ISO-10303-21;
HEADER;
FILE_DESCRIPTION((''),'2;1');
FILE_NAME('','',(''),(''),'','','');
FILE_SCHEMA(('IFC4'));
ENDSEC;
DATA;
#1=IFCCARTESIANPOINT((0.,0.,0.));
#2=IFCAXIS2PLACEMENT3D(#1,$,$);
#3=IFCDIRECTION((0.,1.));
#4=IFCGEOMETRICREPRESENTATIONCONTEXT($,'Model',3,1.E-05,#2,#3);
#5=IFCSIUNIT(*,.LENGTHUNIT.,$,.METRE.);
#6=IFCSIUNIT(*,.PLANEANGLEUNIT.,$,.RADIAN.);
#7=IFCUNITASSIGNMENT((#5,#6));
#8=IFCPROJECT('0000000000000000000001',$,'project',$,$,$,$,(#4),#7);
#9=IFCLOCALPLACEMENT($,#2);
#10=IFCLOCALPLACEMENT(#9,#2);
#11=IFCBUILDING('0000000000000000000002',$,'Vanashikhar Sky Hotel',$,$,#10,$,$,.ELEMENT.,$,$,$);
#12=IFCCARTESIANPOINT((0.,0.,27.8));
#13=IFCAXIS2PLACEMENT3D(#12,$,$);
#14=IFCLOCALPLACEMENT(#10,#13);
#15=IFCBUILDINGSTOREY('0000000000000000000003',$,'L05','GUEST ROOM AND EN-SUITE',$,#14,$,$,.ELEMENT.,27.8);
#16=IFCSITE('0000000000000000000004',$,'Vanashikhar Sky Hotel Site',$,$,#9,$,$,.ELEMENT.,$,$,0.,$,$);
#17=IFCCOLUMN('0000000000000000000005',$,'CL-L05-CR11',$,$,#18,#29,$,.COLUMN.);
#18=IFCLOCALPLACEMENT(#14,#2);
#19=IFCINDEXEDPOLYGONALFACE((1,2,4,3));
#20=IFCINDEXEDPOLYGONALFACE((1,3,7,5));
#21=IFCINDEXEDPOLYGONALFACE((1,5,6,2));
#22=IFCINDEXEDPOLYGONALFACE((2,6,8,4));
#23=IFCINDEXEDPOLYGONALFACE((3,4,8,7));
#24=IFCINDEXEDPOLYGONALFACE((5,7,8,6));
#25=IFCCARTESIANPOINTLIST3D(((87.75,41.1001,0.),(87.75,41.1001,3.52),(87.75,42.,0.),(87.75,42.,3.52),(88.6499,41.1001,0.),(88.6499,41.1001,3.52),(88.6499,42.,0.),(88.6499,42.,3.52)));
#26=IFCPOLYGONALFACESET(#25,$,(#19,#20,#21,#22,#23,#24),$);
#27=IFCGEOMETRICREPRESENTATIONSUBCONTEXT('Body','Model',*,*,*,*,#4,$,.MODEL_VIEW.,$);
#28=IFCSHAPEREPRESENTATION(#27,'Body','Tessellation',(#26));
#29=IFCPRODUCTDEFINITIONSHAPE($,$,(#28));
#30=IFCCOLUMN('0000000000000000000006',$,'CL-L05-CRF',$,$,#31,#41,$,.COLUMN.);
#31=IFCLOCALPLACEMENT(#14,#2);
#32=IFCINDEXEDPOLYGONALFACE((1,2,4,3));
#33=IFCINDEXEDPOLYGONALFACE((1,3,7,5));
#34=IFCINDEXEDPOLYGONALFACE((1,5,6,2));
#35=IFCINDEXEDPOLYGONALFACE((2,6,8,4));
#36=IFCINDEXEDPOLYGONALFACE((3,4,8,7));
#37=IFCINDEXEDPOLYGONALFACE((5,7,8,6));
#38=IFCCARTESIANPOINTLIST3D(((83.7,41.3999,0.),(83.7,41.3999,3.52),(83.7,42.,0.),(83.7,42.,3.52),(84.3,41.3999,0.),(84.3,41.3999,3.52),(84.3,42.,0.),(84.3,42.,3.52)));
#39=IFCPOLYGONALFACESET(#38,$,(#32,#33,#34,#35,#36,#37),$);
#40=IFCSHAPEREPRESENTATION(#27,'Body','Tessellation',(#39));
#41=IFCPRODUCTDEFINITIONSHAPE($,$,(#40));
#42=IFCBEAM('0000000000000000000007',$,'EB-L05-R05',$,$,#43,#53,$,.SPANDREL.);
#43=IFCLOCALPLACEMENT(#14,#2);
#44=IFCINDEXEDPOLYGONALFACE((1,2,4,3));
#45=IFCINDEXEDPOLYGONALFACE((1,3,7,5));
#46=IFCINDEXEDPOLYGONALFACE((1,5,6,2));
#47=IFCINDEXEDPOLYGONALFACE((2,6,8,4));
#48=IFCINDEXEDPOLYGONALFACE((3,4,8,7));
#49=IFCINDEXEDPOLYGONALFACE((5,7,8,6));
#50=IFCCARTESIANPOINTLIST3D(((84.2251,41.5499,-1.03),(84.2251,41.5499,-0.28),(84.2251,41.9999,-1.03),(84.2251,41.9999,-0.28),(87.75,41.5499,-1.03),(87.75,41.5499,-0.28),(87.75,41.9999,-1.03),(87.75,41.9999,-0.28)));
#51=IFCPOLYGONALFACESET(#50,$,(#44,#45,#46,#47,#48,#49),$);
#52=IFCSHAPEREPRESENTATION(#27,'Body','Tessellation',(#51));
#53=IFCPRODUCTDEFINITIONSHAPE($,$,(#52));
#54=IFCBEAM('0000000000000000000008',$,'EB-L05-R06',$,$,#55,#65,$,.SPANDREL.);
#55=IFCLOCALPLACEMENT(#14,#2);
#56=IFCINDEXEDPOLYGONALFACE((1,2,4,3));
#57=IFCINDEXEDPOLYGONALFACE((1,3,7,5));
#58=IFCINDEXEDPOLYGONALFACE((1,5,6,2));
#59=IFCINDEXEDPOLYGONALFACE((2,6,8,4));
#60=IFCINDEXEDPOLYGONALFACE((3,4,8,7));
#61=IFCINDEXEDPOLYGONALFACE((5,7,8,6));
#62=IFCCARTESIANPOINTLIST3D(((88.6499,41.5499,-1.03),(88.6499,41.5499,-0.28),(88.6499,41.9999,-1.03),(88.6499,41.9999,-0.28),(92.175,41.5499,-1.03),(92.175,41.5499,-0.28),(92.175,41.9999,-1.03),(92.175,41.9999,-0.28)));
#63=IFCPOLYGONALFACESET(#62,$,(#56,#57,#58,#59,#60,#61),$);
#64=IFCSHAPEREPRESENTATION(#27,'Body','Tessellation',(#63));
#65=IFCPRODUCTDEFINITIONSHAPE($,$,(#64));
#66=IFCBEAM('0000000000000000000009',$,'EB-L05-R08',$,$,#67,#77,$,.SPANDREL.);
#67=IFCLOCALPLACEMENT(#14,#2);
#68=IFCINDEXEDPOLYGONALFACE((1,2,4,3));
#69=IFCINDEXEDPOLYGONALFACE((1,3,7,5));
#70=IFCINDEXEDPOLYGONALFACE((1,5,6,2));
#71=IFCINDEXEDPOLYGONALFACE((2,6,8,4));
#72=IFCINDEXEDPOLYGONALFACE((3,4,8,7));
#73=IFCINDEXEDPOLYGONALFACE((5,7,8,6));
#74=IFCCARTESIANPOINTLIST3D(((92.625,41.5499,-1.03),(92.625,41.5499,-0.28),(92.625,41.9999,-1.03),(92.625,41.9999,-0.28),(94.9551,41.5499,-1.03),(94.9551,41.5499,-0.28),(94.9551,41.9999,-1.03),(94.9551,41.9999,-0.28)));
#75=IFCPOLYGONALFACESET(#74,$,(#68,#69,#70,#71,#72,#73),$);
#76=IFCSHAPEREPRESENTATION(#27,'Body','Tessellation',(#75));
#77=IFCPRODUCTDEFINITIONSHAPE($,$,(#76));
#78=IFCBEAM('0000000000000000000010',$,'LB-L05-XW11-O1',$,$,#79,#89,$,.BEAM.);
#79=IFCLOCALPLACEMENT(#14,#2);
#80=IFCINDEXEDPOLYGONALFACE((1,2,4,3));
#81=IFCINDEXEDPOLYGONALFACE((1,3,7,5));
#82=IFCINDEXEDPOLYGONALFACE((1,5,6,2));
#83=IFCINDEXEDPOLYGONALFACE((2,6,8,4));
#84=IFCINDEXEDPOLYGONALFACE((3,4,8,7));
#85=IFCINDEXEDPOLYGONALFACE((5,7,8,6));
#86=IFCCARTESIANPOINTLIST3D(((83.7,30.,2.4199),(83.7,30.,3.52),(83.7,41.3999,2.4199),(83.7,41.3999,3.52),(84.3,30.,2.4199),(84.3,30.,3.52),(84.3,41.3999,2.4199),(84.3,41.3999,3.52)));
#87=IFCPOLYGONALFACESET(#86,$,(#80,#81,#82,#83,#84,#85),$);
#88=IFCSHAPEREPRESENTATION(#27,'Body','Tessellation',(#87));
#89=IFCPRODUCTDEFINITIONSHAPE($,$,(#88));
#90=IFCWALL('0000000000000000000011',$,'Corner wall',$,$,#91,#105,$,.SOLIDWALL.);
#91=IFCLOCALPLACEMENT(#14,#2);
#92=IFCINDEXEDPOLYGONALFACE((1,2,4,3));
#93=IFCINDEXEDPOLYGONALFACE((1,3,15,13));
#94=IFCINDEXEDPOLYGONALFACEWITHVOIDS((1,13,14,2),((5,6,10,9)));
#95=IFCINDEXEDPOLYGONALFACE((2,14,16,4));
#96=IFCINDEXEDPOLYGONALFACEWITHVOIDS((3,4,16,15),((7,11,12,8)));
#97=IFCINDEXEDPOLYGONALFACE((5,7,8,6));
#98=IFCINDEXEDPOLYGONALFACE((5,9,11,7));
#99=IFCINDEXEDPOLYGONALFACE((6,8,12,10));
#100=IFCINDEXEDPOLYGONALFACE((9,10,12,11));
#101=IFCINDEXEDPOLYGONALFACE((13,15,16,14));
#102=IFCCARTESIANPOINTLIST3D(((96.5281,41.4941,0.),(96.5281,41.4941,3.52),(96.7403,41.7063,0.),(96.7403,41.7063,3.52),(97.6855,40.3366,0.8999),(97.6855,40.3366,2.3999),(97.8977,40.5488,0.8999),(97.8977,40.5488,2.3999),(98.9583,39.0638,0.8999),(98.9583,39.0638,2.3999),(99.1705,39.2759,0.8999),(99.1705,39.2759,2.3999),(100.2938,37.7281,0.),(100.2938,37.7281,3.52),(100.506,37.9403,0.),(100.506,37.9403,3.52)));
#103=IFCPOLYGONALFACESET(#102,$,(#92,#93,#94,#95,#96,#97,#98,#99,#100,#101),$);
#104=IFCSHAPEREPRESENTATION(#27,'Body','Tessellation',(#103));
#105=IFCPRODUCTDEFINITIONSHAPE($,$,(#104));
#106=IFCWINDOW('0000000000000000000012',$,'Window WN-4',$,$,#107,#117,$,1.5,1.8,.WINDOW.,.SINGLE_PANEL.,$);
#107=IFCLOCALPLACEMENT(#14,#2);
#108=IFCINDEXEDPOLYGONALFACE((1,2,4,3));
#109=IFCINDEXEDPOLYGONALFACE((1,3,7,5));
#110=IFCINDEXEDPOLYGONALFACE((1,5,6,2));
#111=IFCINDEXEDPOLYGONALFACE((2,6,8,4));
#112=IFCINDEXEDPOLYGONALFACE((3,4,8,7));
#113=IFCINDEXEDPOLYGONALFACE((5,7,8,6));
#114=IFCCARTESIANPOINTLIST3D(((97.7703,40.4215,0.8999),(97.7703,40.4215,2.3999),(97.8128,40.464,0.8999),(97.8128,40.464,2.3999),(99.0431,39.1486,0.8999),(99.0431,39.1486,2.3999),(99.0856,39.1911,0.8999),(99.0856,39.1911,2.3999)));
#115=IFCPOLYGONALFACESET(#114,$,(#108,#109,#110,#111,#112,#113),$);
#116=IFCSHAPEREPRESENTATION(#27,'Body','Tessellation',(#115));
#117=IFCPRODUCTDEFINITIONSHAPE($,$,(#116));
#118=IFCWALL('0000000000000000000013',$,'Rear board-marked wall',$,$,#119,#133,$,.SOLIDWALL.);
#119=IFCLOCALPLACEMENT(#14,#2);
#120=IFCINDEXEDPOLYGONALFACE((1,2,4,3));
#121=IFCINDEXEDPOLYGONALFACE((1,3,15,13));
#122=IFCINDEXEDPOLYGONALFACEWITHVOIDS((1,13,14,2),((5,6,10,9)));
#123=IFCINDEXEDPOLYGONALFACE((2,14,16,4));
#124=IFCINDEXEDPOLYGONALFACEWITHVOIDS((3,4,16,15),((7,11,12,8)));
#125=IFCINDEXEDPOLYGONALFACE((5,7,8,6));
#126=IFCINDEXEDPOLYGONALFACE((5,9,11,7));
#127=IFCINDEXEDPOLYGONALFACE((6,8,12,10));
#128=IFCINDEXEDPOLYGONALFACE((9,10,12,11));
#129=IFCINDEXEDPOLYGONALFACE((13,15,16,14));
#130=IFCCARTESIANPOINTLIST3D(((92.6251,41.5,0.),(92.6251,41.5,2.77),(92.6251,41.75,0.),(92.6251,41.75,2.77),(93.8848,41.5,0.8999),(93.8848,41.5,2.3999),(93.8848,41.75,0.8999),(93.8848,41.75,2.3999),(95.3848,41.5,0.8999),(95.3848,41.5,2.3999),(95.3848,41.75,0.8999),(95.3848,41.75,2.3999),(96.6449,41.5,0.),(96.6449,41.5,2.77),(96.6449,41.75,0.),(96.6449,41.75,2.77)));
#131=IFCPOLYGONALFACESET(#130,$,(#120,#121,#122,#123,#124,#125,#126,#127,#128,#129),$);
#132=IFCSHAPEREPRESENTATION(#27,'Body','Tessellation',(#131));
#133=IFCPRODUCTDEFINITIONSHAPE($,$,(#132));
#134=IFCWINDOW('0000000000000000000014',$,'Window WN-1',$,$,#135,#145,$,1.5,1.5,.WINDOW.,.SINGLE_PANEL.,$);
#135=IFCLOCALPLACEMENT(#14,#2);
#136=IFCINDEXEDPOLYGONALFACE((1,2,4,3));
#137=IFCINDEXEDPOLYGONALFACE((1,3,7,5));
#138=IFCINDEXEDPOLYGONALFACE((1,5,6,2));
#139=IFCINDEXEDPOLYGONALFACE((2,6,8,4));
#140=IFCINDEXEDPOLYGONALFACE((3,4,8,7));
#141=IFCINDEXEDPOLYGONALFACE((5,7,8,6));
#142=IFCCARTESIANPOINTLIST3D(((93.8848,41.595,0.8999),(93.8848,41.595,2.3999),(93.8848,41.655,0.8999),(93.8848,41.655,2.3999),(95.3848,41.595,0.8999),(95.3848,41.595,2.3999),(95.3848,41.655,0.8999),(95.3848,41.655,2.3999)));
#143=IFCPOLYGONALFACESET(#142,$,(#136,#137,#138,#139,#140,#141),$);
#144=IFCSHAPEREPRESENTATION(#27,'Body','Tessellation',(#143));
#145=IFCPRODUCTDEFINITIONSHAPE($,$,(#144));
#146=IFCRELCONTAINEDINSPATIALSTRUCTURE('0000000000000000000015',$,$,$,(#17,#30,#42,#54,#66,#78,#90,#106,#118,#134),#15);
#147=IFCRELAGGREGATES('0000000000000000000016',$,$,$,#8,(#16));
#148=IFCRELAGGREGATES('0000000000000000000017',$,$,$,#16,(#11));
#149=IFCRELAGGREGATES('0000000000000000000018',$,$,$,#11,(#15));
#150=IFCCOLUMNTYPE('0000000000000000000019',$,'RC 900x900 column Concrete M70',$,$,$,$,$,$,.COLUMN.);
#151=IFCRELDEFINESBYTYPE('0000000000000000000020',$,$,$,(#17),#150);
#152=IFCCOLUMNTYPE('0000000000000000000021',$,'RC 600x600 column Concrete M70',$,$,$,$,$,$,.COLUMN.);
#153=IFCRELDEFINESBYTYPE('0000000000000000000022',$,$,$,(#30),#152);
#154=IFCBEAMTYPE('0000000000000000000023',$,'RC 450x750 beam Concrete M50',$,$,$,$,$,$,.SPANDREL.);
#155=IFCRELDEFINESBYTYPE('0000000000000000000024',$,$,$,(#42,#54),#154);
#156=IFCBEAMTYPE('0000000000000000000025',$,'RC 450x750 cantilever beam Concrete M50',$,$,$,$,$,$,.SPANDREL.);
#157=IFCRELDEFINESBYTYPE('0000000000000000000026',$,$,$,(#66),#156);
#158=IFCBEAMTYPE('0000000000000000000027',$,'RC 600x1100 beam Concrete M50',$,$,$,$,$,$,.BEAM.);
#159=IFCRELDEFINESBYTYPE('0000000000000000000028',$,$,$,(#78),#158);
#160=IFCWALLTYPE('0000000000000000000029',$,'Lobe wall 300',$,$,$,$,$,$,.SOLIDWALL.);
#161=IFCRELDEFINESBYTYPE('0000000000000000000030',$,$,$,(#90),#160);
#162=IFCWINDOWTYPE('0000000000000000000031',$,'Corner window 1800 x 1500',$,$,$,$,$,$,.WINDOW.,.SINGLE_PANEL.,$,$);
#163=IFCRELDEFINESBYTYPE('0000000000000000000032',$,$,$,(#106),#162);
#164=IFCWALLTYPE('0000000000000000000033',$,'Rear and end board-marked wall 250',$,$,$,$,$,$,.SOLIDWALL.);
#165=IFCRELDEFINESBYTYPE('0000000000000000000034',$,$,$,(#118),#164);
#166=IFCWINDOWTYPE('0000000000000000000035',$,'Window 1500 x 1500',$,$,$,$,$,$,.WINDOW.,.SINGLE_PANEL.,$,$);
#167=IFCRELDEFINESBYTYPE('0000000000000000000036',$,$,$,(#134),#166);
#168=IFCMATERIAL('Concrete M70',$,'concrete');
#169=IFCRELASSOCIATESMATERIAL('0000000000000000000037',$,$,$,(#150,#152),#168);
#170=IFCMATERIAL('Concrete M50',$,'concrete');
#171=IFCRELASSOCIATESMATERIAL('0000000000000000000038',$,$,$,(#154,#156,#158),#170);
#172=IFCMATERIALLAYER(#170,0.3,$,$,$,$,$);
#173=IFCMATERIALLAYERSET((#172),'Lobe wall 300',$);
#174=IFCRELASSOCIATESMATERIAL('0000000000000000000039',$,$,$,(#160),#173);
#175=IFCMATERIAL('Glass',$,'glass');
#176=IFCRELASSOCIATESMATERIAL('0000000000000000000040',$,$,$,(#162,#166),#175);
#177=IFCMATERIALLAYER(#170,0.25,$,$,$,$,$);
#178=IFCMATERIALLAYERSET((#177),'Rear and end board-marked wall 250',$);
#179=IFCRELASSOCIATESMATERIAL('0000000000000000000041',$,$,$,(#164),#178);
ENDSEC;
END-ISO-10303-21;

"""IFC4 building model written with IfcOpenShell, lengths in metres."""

from ifc_helpers import new_model, si_unit, direction, frame, frame_2d, origin, origin_2d, place, context, subcontext, project, spatial, rectangle, extrude, source, transform, mapped, material, layer, layer_set, material_profile, profile_set, type_object, element, fill, save


model = new_model("IFC4")

# Units and contexts
model_context = context("Model", 3, precision=1e-05, world=origin(), true_north=direction((0.0, 1.0)))
body_context = subcontext(model_context, "Body", "Model", "MODEL_VIEW")
ifc_project = project(units=[si_unit("LENGTHUNIT", "METRE"), si_unit("PLANEANGLEUNIT", "RADIAN")], contexts=[model_context])

# Site, building, storey
site_placement = place(None, origin())
site = spatial("IfcSite", under=ifc_project, at=site_placement, Name="Vanashikhar Sky Hotel Site", CompositionType="ELEMENT", RefElevation=0.0)
building_placement = place(site_placement, origin())
building = spatial("IfcBuilding", under=site, at=building_placement, Name="Vanashikhar Sky Hotel", CompositionType="ELEMENT")
storey_placement = place(building_placement, frame((0.0, 0.0, 27.8)))
storey = spatial("IfcBuildingStorey", under=building, at=storey_placement, Name="L05", Description="GUEST ROOM AND EN-SUITE", CompositionType="ELEMENT", Elevation=27.8)

# Columns
ifc_material_1 = material(Name="Concrete M70", Category="concrete")
ifc_material_profile_1 = material_profile(ifc_material_1, rectangle(XDim=0.8999, YDim=0.8999, at=origin_2d()))
ifc_profile_set_1 = profile_set([ifc_material_profile_1], Name="RC 900x900 column Concrete M70")
column_type_1 = type_object("IfcColumnType", Name="RC 900x900 column Concrete M70", PredefinedType="COLUMN", material=ifc_profile_set_1)
shared_shape_1 = source(origin(), body_context, "Body", "SweptSolid", [
    extrude(rectangle(XDim=0.8999, YDim=0.8999, at=origin_2d()), origin(), (0.0, 0.0, 1.0), 3.52),
])
column_1_placement = place(storey_placement, frame((88.2, 41.55, 0.0), z_axis=(0.0, 0.0, 1.0), x_axis=(1.0, 0.0, 0.0)))
element("IfcColumn", 1, at=column_1_placement, inside=storey, type_object=column_type_1, Name="CL-L05-CR11", PredefinedType="COLUMN", context=body_context, shape_type="MappedRepresentation", body=[
    mapped(shared_shape_1, transform((0.0, 0.0, 0.0), scale=1.0)),
])
ifc_material_profile_2 = material_profile(ifc_material_1, rectangle(XDim=0.6001, YDim=0.6001, at=origin_2d()))
ifc_profile_set_2 = profile_set([ifc_material_profile_2], Name="RC 600x600 column Concrete M70")
column_type_2 = type_object("IfcColumnType", Name="RC 600x600 column Concrete M70", PredefinedType="COLUMN", material=ifc_profile_set_2)
shared_shape_2 = source(origin(), body_context, "Body", "SweptSolid", [
    extrude(rectangle(XDim=0.6001, YDim=0.6001, at=origin_2d()), origin(), (0.0, 0.0, 1.0), 3.52),
])
column_2_placement = place(storey_placement, frame((84.0, 41.7, 0.0), z_axis=(0.0, 0.0, 1.0), x_axis=(1.0, 0.0, 0.0)))
element("IfcColumn", 2, at=column_2_placement, inside=storey, type_object=column_type_2, Name="CL-L05-CRF", PredefinedType="COLUMN", context=body_context, shape_type="MappedRepresentation", body=[
    mapped(shared_shape_2, transform((0.0, 0.0, 0.0), scale=1.0)),
])

# Beams
ifc_material_2 = material(Name="Concrete M50", Category="concrete")
ifc_material_profile_3 = material_profile(ifc_material_2, rectangle(XDim=0.45, YDim=0.75, at=origin_2d()))
ifc_profile_set_3 = profile_set([ifc_material_profile_3], Name="RC 450x750 beam Concrete M50")
beam_type_1 = type_object("IfcBeamType", Name="RC 450x750 beam Concrete M50", PredefinedType="SPANDREL", material=ifc_profile_set_3)
shared_shape_3 = source(origin(), body_context, "Body", "SweptSolid", [
    extrude(rectangle(XDim=0.45, YDim=0.75, at=origin_2d()), origin(), (0.0, 0.0, 1.0), 3.5249),
])
beam_1_placement = place(storey_placement, frame((84.2251, 41.7749, -0.655), z_axis=(1.0, 0.0, 0.0), x_axis=(0.0, 1.0, 0.0)))
element("IfcBeam", 3, at=beam_1_placement, inside=storey, type_object=beam_type_1, Name="EB-L05-R05", PredefinedType="SPANDREL", context=body_context, shape_type="MappedRepresentation", body=[
    mapped(shared_shape_3, transform((0.0, 0.0, 0.0), scale=1.0)),
])
shared_shape_4 = source(origin(), body_context, "Body", "SweptSolid", [
    extrude(rectangle(XDim=0.45, YDim=0.75, at=origin_2d()), origin(), (0.0, 0.0, 1.0), 3.5251),
])
beam_2_placement = place(storey_placement, frame((88.6499, 41.7749, -0.655), z_axis=(1.0, 0.0, 0.0), x_axis=(0.0, 1.0, 0.0)))
element("IfcBeam", 4, at=beam_2_placement, inside=storey, type_object=beam_type_1, Name="EB-L05-R06", PredefinedType="SPANDREL", context=body_context, shape_type="MappedRepresentation", body=[
    mapped(shared_shape_4, transform((0.0, 0.0, 0.0), scale=1.0)),
])
ifc_material_profile_4 = material_profile(ifc_material_2, rectangle(XDim=0.45, YDim=0.75, at=origin_2d()))
ifc_profile_set_4 = profile_set([ifc_material_profile_4], Name="RC 450x750 cantilever beam Concrete M50")
beam_type_2 = type_object("IfcBeamType", Name="RC 450x750 cantilever beam Concrete M50", PredefinedType="SPANDREL", material=ifc_profile_set_4)
shared_shape_5 = source(origin(), body_context, "Body", "SweptSolid", [
    extrude(rectangle(XDim=0.45, YDim=0.75, at=origin_2d()), origin(), (0.0, 0.0, 1.0), 2.3301),
])
beam_3_placement = place(storey_placement, frame((92.625, 41.7749, -0.655), z_axis=(1.0, 0.0, 0.0), x_axis=(0.0, 1.0, 0.0)))
element("IfcBeam", 5, at=beam_3_placement, inside=storey, type_object=beam_type_2, Name="EB-L05-R08", PredefinedType="SPANDREL", context=body_context, shape_type="MappedRepresentation", body=[
    mapped(shared_shape_5, transform((0.0, 0.0, 0.0), scale=1.0)),
])
ifc_material_profile_5 = material_profile(ifc_material_2, rectangle(XDim=0.6001, YDim=1.1001, at=origin_2d()))
ifc_profile_set_5 = profile_set([ifc_material_profile_5], Name="RC 600x1100 beam Concrete M50")
beam_type_3 = type_object("IfcBeamType", Name="RC 600x1100 beam Concrete M50", PredefinedType="BEAM", material=ifc_profile_set_5)
shared_shape_6 = source(origin(), body_context, "Body", "SweptSolid", [
    extrude(rectangle(XDim=0.6001, YDim=1.1001, at=origin_2d()), origin(), (0.0, 0.0, 1.0), 11.3999),
])
beam_4_placement = place(storey_placement, frame((84.0, 30.0, 2.97), z_axis=(0.0, 1.0, 0.0), x_axis=(-1.0, 0.0, 0.0)))
element("IfcBeam", 6, at=beam_4_placement, inside=storey, type_object=beam_type_3, Name="LB-L05-XW11-O1", PredefinedType="BEAM", context=body_context, shape_type="MappedRepresentation", body=[
    mapped(shared_shape_6, transform((0.0, 0.0, 0.0), scale=1.0)),
])

# Walls, openings, windows
ifc_layer_1 = layer(ifc_material_2, 0.3)
ifc_layer_set_1 = layer_set([ifc_layer_1], Name="Lobe wall 300")
wall_type_1 = type_object("IfcWallType", Name="Lobe wall 300", PredefinedType="SOLIDWALL", material=ifc_layer_set_1)
shared_shape_7 = source(origin(), body_context, "Body", "SweptSolid", [
    extrude(rectangle(XDim=5.3257, YDim=0.3, at=frame_2d((2.6628, 0.0))), origin(), (0.0, 0.0, 1.0), 3.52),
])
wall_1_placement = place(storey_placement, frame((100.3999, 37.8342, 0.0), z_axis=(0.0, 0.0, 1.0), x_axis=(-0.707084, 0.70713, 0.0)))
wall_1 = element("IfcWall", 7, at=wall_1_placement, inside=storey, type_object=wall_type_1, Name="Corner wall", PredefinedType="SOLIDWALL", context=body_context, shape_type="MappedRepresentation", body=[
    mapped(shared_shape_7, transform((0.0, 0.0, 0.0), scale=1.0)),
])
shared_shape_8 = source(origin(), body_context, "Body", "SweptSolid", [
    extrude(rectangle(XDim=1.8, YDim=1.5, at=frame_2d((0.8999, 0.75))), frame((0.0, 0.1602, 0.0), z_axis=(0.0, -1.0, 0.0), x_axis=(1.0, 0.0, 0.0)), (0.0, 0.0, 1.0), 0.3201),
])
opening_1_placement = place(wall_1_placement, frame((1.8889, 0.0, 0.8999)))
opening_1 = element("IfcOpeningElement", 8, at=opening_1_placement, cuts=wall_1, PredefinedType="OPENING", context=body_context, shape_type="MappedRepresentation", body=[
    mapped(shared_shape_8, transform((0.0, 0.0, 0.0), scale=1.0)),
])
ifc_material_3 = material(Name="Glass", Category="glass")
window_type_1 = type_object("IfcWindowType", Name="Corner window 1800 x 1500", PartitioningType="SINGLE_PANEL", PredefinedType="WINDOW", material=ifc_material_3)
shared_shape_9 = source(origin(), body_context, "Body", "SweptSolid", [
    extrude(rectangle(XDim=1.8, YDim=1.5, at=frame_2d((0.8999, 0.75))), frame((0.0, 0.03, 0.0), z_axis=(0.0, -1.0, 0.0), x_axis=(1.0, 0.0, 0.0)), (0.0, 0.0, 1.0), 0.0601),
])
window_1_placement = place(opening_1_placement, origin())
window_1 = element("IfcWindow", 9, at=window_1_placement, inside=storey, type_object=window_type_1, Name="Window WN-4", OverallHeight=1.5, OverallWidth=1.8, PartitioningType="SINGLE_PANEL", PredefinedType="WINDOW", context=body_context, shape_type="MappedRepresentation", body=[
    mapped(shared_shape_9, transform((0.0, 0.0, 0.0), scale=1.0)),
])
fill(opening_1, window_1)
ifc_layer_2 = layer(ifc_material_2, 0.25)
ifc_layer_set_2 = layer_set([ifc_layer_2], Name="Rear and end board-marked wall 250")
wall_type_2 = type_object("IfcWallType", Name="Rear and end board-marked wall 250", PredefinedType="SOLIDWALL", material=ifc_layer_set_2)
shared_shape_10 = source(origin(), body_context, "Body", "SweptSolid", [
    extrude(rectangle(XDim=4.0198, YDim=0.25, at=frame_2d((2.0098, 0.0))), origin(), (0.0, 0.0, 1.0), 2.77),
])
wall_2_placement = place(storey_placement, frame((96.6448, 41.625, 0.0), z_axis=(0.0, 0.0, 1.0), x_axis=(-1.0, 0.0, 0.0)))
wall_2 = element("IfcWall", 10, at=wall_2_placement, inside=storey, type_object=wall_type_2, Name="Rear board-marked wall", PredefinedType="SOLIDWALL", context=body_context, shape_type="MappedRepresentation", body=[
    mapped(shared_shape_10, transform((0.0, 0.0, 0.0), scale=1.0)),
])
shared_shape_11 = source(origin(), body_context, "Body", "SweptSolid", [
    extrude(rectangle(XDim=1.5, YDim=1.5, at=frame_2d((0.75, 0.75))), frame((0.0, 0.135, 0.0), z_axis=(0.0, -1.0, 0.0), x_axis=(1.0, 0.0, 0.0)), (0.0, 0.0, 1.0), 0.27),
])
opening_2_placement = place(wall_2_placement, frame((1.26, 0.0, 0.8999)))
opening_2 = element("IfcOpeningElement", 11, at=opening_2_placement, cuts=wall_2, PredefinedType="OPENING", context=body_context, shape_type="MappedRepresentation", body=[
    mapped(shared_shape_11, transform((0.0, 0.0, 0.0), scale=1.0)),
])
window_type_2 = type_object("IfcWindowType", Name="Window 1500 x 1500", PartitioningType="SINGLE_PANEL", PredefinedType="WINDOW", material=ifc_material_3)
shared_shape_12 = source(origin(), body_context, "Body", "SweptSolid", [
    extrude(rectangle(XDim=1.5, YDim=1.5, at=frame_2d((0.75, 0.75))), frame((0.0, 0.03, 0.0), z_axis=(0.0, -1.0, 0.0), x_axis=(1.0, 0.0, 0.0)), (0.0, 0.0, 1.0), 0.0601),
])
window_2_placement = place(opening_2_placement, origin())
window_2 = element("IfcWindow", 12, at=window_2_placement, inside=storey, type_object=window_type_2, Name="Window WN-1", OverallHeight=1.5, OverallWidth=1.5, PartitioningType="SINGLE_PANEL", PredefinedType="WINDOW", context=body_context, shape_type="MappedRepresentation", body=[
    mapped(shared_shape_12, transform((0.0, 0.0, 0.0), scale=1.0)),
])
fill(opening_2, window_2)

save(model, "model.ifc")
